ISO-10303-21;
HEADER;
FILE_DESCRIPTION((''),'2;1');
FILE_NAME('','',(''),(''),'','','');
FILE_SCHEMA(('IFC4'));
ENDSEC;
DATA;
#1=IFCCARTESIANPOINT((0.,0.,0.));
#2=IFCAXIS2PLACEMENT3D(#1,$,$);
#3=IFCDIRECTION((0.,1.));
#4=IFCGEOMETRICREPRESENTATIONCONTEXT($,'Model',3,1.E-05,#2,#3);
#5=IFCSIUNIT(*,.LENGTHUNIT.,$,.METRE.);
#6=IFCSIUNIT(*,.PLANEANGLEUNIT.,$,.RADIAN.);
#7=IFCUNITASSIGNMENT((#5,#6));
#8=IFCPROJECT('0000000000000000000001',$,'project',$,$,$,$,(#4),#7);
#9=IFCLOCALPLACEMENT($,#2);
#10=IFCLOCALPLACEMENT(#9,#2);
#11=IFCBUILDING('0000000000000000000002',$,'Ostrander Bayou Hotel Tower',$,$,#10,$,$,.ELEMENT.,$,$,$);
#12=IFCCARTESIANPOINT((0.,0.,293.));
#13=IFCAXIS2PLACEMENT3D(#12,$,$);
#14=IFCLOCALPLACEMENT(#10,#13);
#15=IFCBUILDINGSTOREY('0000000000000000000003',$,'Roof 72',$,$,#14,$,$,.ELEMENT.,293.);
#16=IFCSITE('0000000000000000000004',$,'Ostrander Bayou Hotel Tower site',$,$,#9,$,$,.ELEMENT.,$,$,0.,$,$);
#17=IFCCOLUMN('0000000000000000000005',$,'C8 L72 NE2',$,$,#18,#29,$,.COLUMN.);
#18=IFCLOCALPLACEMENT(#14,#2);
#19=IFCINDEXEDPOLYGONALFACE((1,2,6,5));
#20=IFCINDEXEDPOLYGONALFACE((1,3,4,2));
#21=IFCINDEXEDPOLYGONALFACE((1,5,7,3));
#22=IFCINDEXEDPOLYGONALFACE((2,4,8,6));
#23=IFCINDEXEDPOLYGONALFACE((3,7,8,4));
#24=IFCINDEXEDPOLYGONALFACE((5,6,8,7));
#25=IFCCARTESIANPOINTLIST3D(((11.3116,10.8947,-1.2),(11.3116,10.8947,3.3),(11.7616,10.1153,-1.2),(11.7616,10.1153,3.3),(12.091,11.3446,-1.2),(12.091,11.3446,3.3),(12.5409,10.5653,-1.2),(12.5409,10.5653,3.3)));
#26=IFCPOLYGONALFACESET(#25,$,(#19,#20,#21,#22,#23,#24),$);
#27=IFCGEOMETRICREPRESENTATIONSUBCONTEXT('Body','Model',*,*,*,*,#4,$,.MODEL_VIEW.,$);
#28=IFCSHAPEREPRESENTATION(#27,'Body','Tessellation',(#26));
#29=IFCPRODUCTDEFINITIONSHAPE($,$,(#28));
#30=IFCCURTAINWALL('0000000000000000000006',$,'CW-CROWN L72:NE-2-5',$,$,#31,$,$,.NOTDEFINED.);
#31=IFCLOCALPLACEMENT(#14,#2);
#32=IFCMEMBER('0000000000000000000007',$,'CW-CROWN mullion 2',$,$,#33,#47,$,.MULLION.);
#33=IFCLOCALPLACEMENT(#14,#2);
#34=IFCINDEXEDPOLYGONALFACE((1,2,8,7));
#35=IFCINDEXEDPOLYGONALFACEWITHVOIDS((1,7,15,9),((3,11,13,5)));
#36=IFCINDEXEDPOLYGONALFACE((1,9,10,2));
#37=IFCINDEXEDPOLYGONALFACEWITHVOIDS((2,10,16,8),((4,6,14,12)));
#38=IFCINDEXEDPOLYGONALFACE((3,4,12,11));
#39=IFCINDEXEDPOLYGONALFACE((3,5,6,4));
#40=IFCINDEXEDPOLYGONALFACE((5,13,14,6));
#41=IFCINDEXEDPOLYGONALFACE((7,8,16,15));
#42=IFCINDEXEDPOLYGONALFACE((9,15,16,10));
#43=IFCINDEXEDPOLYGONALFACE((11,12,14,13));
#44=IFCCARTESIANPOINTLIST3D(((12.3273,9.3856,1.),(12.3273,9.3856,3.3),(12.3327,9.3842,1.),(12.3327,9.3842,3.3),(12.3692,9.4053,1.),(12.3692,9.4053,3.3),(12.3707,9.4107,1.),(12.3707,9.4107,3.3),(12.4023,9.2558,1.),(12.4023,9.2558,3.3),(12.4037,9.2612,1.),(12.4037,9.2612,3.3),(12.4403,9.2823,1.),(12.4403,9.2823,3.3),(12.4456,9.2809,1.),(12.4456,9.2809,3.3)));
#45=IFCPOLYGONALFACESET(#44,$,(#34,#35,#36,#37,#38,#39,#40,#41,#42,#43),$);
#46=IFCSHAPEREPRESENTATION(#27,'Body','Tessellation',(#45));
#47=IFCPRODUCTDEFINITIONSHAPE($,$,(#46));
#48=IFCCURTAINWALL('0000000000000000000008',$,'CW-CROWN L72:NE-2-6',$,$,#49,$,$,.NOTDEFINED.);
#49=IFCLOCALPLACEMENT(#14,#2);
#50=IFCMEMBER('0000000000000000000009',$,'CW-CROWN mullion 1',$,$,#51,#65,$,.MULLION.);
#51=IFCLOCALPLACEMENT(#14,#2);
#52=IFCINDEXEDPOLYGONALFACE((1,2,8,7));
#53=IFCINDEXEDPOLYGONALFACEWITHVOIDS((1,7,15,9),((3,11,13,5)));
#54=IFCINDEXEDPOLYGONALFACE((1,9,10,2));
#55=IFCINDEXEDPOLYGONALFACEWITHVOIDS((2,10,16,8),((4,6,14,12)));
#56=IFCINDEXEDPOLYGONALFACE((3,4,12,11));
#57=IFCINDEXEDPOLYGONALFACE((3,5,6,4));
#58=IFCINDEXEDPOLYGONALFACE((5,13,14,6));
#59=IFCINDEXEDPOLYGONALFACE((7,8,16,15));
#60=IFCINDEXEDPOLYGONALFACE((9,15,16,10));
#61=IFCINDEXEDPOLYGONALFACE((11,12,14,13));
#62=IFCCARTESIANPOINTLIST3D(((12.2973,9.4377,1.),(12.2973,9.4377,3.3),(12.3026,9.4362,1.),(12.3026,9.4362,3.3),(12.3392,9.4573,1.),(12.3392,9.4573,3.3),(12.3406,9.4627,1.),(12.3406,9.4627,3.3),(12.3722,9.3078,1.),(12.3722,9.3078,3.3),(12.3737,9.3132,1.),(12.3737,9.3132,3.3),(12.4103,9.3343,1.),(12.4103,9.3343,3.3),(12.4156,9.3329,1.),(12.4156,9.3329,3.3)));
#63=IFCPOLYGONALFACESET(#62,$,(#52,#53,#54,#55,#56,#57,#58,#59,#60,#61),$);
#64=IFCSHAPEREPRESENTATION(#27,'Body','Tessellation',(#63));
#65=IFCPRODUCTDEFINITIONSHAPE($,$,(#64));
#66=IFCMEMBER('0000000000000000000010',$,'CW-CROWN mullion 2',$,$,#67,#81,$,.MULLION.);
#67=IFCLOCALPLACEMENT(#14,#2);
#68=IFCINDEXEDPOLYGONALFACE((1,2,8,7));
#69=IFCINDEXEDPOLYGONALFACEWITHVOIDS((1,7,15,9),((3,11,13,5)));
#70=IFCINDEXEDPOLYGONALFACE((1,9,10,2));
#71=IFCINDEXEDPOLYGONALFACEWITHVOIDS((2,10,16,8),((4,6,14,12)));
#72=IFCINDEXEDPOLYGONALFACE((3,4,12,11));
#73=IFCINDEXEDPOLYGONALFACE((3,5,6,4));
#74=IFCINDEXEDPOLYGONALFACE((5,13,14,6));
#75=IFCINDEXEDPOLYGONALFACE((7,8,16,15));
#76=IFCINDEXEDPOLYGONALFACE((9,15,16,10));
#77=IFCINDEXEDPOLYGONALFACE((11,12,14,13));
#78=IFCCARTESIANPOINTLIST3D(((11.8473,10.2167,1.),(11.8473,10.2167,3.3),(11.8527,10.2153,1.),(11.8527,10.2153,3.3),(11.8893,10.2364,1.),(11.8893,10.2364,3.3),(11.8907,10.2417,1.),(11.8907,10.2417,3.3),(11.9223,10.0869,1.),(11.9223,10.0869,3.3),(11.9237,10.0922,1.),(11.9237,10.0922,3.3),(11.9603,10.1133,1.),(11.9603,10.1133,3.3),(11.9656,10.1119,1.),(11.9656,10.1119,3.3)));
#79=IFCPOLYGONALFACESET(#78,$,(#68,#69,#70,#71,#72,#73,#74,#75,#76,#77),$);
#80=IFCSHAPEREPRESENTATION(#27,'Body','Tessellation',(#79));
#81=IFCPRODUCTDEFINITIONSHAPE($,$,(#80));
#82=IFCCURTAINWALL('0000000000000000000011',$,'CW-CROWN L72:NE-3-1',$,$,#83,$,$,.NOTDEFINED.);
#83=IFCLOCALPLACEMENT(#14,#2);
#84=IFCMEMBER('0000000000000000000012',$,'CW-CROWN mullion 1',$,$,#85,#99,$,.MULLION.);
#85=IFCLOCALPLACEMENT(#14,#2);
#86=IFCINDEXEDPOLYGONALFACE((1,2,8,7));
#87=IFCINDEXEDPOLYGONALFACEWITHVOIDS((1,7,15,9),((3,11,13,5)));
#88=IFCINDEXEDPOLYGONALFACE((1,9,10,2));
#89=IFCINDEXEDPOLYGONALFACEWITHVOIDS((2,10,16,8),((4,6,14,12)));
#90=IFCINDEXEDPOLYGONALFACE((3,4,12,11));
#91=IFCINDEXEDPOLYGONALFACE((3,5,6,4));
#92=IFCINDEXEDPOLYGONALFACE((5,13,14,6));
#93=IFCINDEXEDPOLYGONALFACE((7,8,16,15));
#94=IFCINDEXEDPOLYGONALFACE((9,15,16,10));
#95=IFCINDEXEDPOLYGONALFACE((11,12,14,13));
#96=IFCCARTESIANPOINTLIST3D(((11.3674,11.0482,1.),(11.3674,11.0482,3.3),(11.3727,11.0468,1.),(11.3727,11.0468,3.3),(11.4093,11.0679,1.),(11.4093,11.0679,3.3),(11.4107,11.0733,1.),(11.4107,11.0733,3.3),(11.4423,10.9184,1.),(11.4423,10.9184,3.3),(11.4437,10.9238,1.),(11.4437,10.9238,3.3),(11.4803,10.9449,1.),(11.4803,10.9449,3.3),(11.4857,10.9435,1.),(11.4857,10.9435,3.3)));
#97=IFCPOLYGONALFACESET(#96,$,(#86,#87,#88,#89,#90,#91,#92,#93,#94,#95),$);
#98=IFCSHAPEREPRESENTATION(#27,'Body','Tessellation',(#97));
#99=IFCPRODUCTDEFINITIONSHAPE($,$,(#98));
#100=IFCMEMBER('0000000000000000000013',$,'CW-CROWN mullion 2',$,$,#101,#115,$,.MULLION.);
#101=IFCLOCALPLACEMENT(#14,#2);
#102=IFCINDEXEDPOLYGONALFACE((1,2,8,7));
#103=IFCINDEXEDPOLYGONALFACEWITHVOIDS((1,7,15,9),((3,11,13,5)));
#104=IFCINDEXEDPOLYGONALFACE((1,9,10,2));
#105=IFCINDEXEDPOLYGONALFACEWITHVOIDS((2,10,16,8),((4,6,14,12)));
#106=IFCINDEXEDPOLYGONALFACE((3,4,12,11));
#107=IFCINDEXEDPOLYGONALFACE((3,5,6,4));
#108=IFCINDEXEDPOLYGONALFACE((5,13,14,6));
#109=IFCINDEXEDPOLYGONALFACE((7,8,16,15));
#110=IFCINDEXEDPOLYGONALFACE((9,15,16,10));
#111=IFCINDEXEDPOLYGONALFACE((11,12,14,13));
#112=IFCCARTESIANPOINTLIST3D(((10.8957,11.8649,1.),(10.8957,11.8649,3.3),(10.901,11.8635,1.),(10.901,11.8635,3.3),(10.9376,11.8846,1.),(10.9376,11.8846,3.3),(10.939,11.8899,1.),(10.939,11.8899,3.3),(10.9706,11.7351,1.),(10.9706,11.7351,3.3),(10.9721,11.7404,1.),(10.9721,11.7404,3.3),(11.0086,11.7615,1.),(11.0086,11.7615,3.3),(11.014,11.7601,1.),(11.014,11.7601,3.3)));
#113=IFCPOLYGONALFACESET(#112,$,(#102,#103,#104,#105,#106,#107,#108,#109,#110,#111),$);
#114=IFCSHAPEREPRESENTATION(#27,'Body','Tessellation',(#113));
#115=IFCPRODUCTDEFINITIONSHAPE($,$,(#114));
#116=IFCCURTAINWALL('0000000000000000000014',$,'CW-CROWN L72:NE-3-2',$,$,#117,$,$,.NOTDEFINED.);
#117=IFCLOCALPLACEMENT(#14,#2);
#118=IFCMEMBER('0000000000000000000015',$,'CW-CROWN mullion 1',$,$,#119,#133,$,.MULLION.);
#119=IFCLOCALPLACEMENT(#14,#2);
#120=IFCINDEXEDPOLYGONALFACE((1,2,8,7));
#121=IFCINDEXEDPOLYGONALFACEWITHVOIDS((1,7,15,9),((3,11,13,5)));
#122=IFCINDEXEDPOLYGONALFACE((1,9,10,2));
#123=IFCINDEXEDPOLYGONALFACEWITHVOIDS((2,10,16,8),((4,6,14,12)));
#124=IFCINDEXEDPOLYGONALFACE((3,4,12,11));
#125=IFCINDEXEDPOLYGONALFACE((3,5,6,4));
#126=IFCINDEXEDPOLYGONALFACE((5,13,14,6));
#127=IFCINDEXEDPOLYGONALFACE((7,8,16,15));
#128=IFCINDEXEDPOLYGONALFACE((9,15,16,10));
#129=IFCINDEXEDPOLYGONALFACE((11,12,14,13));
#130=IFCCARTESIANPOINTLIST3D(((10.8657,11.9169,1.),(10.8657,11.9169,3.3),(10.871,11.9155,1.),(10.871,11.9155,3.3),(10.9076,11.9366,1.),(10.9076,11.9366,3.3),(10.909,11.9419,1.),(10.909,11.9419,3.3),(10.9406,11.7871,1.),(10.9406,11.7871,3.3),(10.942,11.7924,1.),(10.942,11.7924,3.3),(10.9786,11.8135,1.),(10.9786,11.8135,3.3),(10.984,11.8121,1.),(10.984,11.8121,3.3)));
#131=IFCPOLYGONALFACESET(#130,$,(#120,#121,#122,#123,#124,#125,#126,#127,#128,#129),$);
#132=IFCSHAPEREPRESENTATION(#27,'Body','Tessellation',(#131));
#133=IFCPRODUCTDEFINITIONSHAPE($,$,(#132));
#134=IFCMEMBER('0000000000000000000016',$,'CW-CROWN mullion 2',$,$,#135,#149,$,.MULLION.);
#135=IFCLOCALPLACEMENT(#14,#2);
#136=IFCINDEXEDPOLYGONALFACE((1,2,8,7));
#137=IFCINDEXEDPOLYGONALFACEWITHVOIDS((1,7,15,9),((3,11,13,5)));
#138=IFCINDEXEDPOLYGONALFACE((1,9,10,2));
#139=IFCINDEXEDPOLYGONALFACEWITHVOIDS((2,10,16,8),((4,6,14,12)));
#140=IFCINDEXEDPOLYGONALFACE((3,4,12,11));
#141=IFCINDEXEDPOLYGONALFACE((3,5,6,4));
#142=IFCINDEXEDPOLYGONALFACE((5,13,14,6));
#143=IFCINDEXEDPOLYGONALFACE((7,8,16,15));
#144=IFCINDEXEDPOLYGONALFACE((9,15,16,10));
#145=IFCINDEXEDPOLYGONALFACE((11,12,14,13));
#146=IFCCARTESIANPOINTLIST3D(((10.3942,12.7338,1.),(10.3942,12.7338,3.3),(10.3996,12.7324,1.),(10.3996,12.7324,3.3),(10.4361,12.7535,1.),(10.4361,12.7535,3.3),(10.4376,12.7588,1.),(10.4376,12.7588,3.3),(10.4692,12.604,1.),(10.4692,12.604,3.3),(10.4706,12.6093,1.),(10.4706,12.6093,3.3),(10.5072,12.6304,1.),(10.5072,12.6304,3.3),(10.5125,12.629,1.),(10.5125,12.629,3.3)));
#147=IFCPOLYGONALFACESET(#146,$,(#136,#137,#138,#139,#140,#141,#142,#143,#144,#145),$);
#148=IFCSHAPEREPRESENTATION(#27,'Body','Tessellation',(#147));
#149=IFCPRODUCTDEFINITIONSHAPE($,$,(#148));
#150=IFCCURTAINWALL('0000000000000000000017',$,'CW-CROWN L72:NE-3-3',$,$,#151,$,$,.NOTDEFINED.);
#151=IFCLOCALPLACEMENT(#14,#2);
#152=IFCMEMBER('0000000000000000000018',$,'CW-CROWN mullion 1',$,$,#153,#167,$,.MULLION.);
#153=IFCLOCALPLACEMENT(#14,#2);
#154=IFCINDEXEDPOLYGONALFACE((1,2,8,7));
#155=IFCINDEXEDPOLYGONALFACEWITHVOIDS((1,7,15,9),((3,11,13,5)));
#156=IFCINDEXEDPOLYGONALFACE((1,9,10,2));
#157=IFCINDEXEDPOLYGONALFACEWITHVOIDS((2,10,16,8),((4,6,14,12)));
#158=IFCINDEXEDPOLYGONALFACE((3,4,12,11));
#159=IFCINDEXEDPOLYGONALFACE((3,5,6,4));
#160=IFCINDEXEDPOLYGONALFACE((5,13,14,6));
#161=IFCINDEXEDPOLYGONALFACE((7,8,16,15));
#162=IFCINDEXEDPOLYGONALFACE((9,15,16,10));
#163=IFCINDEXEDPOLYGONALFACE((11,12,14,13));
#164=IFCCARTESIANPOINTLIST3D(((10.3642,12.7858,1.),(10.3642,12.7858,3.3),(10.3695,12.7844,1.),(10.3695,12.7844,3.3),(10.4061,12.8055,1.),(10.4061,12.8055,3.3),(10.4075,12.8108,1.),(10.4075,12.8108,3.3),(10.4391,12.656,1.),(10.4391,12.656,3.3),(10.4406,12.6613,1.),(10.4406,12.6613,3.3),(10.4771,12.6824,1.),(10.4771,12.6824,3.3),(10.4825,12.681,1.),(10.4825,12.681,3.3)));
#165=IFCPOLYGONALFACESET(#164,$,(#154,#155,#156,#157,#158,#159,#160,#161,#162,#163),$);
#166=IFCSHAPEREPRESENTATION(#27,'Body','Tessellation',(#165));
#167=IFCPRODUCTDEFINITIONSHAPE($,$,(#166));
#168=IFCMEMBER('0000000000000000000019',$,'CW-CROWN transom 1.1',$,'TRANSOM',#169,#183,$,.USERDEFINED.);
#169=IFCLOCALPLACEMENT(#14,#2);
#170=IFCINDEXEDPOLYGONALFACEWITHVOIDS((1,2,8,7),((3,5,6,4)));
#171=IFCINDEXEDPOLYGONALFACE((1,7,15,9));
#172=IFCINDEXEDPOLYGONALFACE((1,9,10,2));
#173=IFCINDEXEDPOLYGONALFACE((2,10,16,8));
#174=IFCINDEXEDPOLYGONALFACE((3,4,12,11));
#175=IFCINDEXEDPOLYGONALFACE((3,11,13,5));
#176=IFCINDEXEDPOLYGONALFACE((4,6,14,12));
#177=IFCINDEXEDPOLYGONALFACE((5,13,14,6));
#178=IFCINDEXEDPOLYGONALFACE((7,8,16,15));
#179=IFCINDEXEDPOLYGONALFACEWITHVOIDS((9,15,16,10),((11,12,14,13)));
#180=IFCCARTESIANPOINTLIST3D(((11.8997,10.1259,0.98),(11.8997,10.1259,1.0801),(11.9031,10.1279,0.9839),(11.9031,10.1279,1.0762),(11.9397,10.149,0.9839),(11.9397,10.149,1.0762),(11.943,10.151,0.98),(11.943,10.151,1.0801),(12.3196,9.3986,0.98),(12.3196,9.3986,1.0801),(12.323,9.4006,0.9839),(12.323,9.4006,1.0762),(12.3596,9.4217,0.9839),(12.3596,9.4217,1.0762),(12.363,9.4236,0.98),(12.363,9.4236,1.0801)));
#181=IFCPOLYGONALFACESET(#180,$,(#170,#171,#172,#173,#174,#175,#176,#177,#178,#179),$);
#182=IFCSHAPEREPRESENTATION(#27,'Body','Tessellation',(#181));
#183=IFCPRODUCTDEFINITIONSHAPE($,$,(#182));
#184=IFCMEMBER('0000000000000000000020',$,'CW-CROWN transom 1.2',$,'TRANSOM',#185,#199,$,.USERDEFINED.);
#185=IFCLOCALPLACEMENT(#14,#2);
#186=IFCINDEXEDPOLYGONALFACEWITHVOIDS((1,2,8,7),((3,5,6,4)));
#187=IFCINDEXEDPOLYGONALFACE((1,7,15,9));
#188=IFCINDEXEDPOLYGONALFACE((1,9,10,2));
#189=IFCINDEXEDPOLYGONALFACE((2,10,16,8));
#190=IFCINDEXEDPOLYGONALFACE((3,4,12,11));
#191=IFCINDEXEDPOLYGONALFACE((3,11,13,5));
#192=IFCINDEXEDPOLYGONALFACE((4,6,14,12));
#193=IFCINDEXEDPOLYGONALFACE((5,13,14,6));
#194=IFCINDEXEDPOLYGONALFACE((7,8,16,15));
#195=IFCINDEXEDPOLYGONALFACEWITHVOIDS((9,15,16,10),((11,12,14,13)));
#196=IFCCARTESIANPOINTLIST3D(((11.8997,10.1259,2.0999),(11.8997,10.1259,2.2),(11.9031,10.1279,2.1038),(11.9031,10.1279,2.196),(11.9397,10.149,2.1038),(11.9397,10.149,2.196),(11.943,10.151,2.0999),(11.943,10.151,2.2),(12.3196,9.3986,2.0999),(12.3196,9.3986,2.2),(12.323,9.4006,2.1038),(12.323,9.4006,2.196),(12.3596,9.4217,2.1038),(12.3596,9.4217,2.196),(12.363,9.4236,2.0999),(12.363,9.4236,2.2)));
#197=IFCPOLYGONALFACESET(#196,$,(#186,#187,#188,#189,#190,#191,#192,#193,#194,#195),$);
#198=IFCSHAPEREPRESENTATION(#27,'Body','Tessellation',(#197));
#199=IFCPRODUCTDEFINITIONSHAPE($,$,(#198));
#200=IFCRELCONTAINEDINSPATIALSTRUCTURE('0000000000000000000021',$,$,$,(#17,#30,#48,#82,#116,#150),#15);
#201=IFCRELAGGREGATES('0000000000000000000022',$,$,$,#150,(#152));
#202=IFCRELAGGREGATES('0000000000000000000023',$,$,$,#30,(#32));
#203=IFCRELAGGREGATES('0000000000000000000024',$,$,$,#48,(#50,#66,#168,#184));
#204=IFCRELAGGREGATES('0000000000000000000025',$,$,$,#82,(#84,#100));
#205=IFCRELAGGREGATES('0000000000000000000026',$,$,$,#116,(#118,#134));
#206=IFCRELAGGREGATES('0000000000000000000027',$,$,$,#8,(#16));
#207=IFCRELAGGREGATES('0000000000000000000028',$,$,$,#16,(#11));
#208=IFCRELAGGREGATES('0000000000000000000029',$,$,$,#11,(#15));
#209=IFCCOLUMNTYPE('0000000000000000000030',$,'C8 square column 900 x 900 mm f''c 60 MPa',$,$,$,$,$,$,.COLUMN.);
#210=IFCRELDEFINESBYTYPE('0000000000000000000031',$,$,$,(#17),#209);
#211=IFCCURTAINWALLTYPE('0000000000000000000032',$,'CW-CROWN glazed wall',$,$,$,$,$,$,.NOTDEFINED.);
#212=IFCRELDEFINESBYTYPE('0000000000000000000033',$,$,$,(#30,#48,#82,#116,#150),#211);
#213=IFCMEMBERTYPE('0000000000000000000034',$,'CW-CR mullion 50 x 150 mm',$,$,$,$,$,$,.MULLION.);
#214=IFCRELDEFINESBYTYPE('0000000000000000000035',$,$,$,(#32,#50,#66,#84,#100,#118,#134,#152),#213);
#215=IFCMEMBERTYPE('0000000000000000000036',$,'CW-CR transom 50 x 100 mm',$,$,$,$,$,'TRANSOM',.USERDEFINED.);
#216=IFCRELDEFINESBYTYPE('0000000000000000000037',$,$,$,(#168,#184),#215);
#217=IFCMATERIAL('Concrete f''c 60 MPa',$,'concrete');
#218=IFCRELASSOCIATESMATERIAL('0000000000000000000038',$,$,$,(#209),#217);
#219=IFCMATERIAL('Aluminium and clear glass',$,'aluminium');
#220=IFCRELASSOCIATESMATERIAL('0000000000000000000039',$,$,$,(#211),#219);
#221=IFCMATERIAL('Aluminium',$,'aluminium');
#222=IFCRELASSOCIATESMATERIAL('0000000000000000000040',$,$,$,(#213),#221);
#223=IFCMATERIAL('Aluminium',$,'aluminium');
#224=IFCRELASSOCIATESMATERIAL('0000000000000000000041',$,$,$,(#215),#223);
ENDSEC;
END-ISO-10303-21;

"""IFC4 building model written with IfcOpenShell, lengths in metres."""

from ifc_helpers import new_model, si_unit, direction, frame, origin, origin_2d, place, context, subcontext, project, spatial, rectangle, hollow_rectangle, extrude, material, material_profile, profile_set, type_object, element, aggregate, save


model = new_model("IFC4")

# Units and contexts
model_context = context("Model", 3, precision=1e-05, world=origin(), true_north=direction((0.0, 1.0)))
body_context = subcontext(model_context, "Body", "Model", "MODEL_VIEW")
ifc_project = project(units=[si_unit("LENGTHUNIT", "METRE"), si_unit("PLANEANGLEUNIT", "RADIAN")], contexts=[model_context])

# Site, building, storey
site_placement = place(None, origin())
site = spatial("IfcSite", under=ifc_project, at=site_placement, Name="Ostrander Bayou Hotel Tower site", CompositionType="ELEMENT", RefElevation=0.0)
building_placement = place(site_placement, origin())
building = spatial("IfcBuilding", under=site, at=building_placement, Name="Ostrander Bayou Hotel Tower", CompositionType="ELEMENT")
storey_placement = place(building_placement, frame((0.0, 0.0, 293.0)))
storey = spatial("IfcBuildingStorey", under=building, at=storey_placement, Name="Roof 72", CompositionType="ELEMENT", Elevation=293.0)

# Column
ifc_material_1 = material(Name="Concrete f'c 60 MPa", Category="concrete")
ifc_material_profile_1 = material_profile(ifc_material_1, rectangle(XDim=0.8999, YDim=0.8999, at=origin_2d()))
ifc_profile_set_1 = profile_set([ifc_material_profile_1], Name="Concrete f'c 60 MPa")
column_type = type_object("IfcColumnType", Name="C8 square column 900 x 900 mm f'c 60 MPa", PredefinedType="COLUMN", material=ifc_profile_set_1)
column_placement = place(storey_placement, frame((11.9263, 10.73, -1.2), z_axis=(0.0, 0.0, 1.0), x_axis=(0.5, -0.866025, 0.0)))
element("IfcColumn", 1, at=column_placement, inside=storey, type_object=column_type, Name="C8 L72 NE2", PredefinedType="COLUMN", context=body_context, shape_type="SweptSolid", body=[
    extrude(rectangle(XDim=0.8999, YDim=0.8999, at=origin_2d()), origin(), (0.0, 0.0, 1.0), 4.5),
])

# Curtain wall, member
ifc_material_2 = material(Name="Aluminium and clear glass", Category="aluminium")
curtain_wall_type = type_object("IfcCurtainWallType", Name="CW-CROWN glazed wall", PredefinedType="NOTDEFINED", material=ifc_material_2)
curtain_wall_1_placement = place(storey_placement, origin())
curtain_wall_1 = element("IfcCurtainWall", 2, at=curtain_wall_1_placement, inside=storey, type_object=curtain_wall_type, Name="CW-CROWN L72:NE-2-5", PredefinedType="NOTDEFINED")
ifc_material_3 = material(Name="Aluminium", Category="aluminium")
ifc_material_profile_2 = material_profile(ifc_material_3, hollow_rectangle(XDim=0.05, YDim=0.1499, WallThickness=0.0039, at=origin_2d()))
ifc_profile_set_2 = profile_set([ifc_material_profile_2], Name="Aluminium")
member_type_1 = type_object("IfcMemberType", Name="CW-CR mullion 50 x 150 mm", PredefinedType="MULLION", material=ifc_profile_set_2)
member_1_placement = place(storey_placement, frame((12.3865, 9.3333, 1.0), z_axis=(0.0, 0.0, 1.0), x_axis=(-0.866022, -0.500005, 0.0)))
member_1 = element("IfcMember", 3, at=member_1_placement, type_object=member_type_1, Name="CW-CROWN mullion 2", PredefinedType="MULLION", context=body_context, shape_type="SweptSolid", body=[
    extrude(hollow_rectangle(XDim=0.05, YDim=0.1499, WallThickness=0.0039, at=origin_2d()), origin(), (0.0, 0.0, 1.0), 2.3),
])

# Curtain walls, members
curtain_wall_2_placement = place(storey_placement, origin())
curtain_wall_2 = element("IfcCurtainWall", 4, at=curtain_wall_2_placement, inside=storey, type_object=curtain_wall_type, Name="CW-CROWN L72:NE-2-6", PredefinedType="NOTDEFINED")
member_2_placement = place(storey_placement, frame((12.3564, 9.3853, 1.0), z_axis=(0.0, 0.0, 1.0), x_axis=(-0.866022, -0.500005, 0.0)))
member_2 = element("IfcMember", 5, at=member_2_placement, type_object=member_type_1, Name="CW-CROWN mullion 1", PredefinedType="MULLION", context=body_context, shape_type="SweptSolid", body=[
    extrude(hollow_rectangle(XDim=0.05, YDim=0.1499, WallThickness=0.0039, at=origin_2d()), origin(), (0.0, 0.0, 1.0), 2.3),
])
member_3_placement = place(storey_placement, frame((11.9065, 10.1643, 1.0), z_axis=(0.0, 0.0, 1.0), x_axis=(-0.866022, -0.500005, 0.0)))
member_3 = element("IfcMember", 6, at=member_3_placement, type_object=member_type_1, Name="CW-CROWN mullion 2", PredefinedType="MULLION", context=body_context, shape_type="SweptSolid", body=[
    extrude(hollow_rectangle(XDim=0.05, YDim=0.1499, WallThickness=0.0039, at=origin_2d()), origin(), (0.0, 0.0, 1.0), 2.3),
])
curtain_wall_3_placement = place(storey_placement, origin())
curtain_wall_3 = element("IfcCurtainWall", 7, at=curtain_wall_3_placement, inside=storey, type_object=curtain_wall_type, Name="CW-CROWN L72:NE-3-1", PredefinedType="NOTDEFINED")
member_4_placement = place(storey_placement, frame((11.4265, 10.9958, 1.0), z_axis=(0.0, 0.0, 1.0), x_axis=(-0.866026, -0.499999, 0.0)))
member_4 = element("IfcMember", 8, at=member_4_placement, type_object=member_type_1, Name="CW-CROWN mullion 1", PredefinedType="MULLION", context=body_context, shape_type="SweptSolid", body=[
    extrude(hollow_rectangle(XDim=0.05, YDim=0.1499, WallThickness=0.0039, at=origin_2d()), origin(), (0.0, 0.0, 1.0), 2.3),
])
member_5_placement = place(storey_placement, frame((10.9548, 11.8125, 1.0), z_axis=(0.0, 0.0, 1.0), x_axis=(-0.866026, -0.499999, 0.0)))
member_5 = element("IfcMember", 9, at=member_5_placement, type_object=member_type_1, Name="CW-CROWN mullion 2", PredefinedType="MULLION", context=body_context, shape_type="SweptSolid", body=[
    extrude(hollow_rectangle(XDim=0.05, YDim=0.1499, WallThickness=0.0039, at=origin_2d()), origin(), (0.0, 0.0, 1.0), 2.3),
])
curtain_wall_4_placement = place(storey_placement, origin())
curtain_wall_4 = element("IfcCurtainWall", 10, at=curtain_wall_4_placement, inside=storey, type_object=curtain_wall_type, Name="CW-CROWN L72:NE-3-2", PredefinedType="NOTDEFINED")
member_6_placement = place(storey_placement, frame((10.9248, 11.8645, 1.0), z_axis=(0.0, 0.0, 1.0), x_axis=(-0.866001, -0.500042, 0.0)))
member_6 = element("IfcMember", 11, at=member_6_placement, type_object=member_type_1, Name="CW-CROWN mullion 1", PredefinedType="MULLION", context=body_context, shape_type="SweptSolid", body=[
    extrude(hollow_rectangle(XDim=0.05, YDim=0.1499, WallThickness=0.0039, at=origin_2d()), origin(), (0.0, 0.0, 1.0), 2.3),
])
member_7_placement = place(storey_placement, frame((10.4534, 12.6814, 1.0), z_axis=(0.0, 0.0, 1.0), x_axis=(-0.866001, -0.500042, 0.0)))
member_7 = element("IfcMember", 12, at=member_7_placement, type_object=member_type_1, Name="CW-CROWN mullion 2", PredefinedType="MULLION", context=body_context, shape_type="SweptSolid", body=[
    extrude(hollow_rectangle(XDim=0.05, YDim=0.1499, WallThickness=0.0039, at=origin_2d()), origin(), (0.0, 0.0, 1.0), 2.3),
])

# Curtain wall, member
curtain_wall_5_placement = place(storey_placement, origin())
curtain_wall_5 = element("IfcCurtainWall", 13, at=curtain_wall_5_placement, inside=storey, type_object=curtain_wall_type, Name="CW-CROWN L72:NE-3-3", PredefinedType="NOTDEFINED")
member_8_placement = place(storey_placement, frame((10.4233, 12.7334, 1.0), z_axis=(0.0, 0.0, 1.0), x_axis=(-0.866069, -0.499924, 0.0)))
member_8 = element("IfcMember", 14, at=member_8_placement, type_object=member_type_1, Name="CW-CROWN mullion 1", PredefinedType="MULLION", context=body_context, shape_type="SweptSolid", body=[
    extrude(hollow_rectangle(XDim=0.05, YDim=0.1499, WallThickness=0.0039, at=origin_2d()), origin(), (0.0, 0.0, 1.0), 2.3),
])
aggregate(curtain_wall_5, [member_8])

# Members
ifc_material_4 = material(Name="Aluminium", Category="aluminium")
ifc_material_profile_3 = material_profile(ifc_material_4, hollow_rectangle(XDim=0.05, YDim=0.1001, WallThickness=0.0039, at=origin_2d()))
ifc_profile_set_3 = profile_set([ifc_material_profile_3], Name="Aluminium")
member_type_2 = type_object("IfcMemberType", Name="CW-CR transom 50 x 100 mm", ElementType="TRANSOM", PredefinedType="USERDEFINED", material=ifc_profile_set_3)
member_9_placement = place(storey_placement, frame((12.3413, 9.4111, 1.03), z_axis=(-0.500016, 0.866016, 0.0), x_axis=(-0.866016, -0.500016, 0.0)))
member_9 = element("IfcMember", 15, at=member_9_placement, type_object=member_type_2, Name="CW-CROWN transom 1.1", ObjectType="TRANSOM", PredefinedType="USERDEFINED", context=body_context, shape_type="SweptSolid", body=[
    extrude(hollow_rectangle(XDim=0.05, YDim=0.1001, WallThickness=0.0039, at=origin_2d()), origin(), (0.0, 0.0, 1.0), 0.8398),
])
member_10_placement = place(storey_placement, frame((12.3413, 9.4111, 2.1499), z_axis=(-0.500016, 0.866016, 0.0), x_axis=(-0.866016, -0.500016, 0.0)))
member_10 = element("IfcMember", 16, at=member_10_placement, type_object=member_type_2, Name="CW-CROWN transom 1.2", ObjectType="TRANSOM", PredefinedType="USERDEFINED", context=body_context, shape_type="SweptSolid", body=[
    extrude(hollow_rectangle(XDim=0.05, YDim=0.1001, WallThickness=0.0039, at=origin_2d()), origin(), (0.0, 0.0, 1.0), 0.8398),
])

aggregate(curtain_wall_1, [member_1])
aggregate(curtain_wall_2, [member_2, member_3, member_9, member_10])
aggregate(curtain_wall_3, [member_4, member_5])
aggregate(curtain_wall_4, [member_6, member_7])

save(model, "model.ifc")
